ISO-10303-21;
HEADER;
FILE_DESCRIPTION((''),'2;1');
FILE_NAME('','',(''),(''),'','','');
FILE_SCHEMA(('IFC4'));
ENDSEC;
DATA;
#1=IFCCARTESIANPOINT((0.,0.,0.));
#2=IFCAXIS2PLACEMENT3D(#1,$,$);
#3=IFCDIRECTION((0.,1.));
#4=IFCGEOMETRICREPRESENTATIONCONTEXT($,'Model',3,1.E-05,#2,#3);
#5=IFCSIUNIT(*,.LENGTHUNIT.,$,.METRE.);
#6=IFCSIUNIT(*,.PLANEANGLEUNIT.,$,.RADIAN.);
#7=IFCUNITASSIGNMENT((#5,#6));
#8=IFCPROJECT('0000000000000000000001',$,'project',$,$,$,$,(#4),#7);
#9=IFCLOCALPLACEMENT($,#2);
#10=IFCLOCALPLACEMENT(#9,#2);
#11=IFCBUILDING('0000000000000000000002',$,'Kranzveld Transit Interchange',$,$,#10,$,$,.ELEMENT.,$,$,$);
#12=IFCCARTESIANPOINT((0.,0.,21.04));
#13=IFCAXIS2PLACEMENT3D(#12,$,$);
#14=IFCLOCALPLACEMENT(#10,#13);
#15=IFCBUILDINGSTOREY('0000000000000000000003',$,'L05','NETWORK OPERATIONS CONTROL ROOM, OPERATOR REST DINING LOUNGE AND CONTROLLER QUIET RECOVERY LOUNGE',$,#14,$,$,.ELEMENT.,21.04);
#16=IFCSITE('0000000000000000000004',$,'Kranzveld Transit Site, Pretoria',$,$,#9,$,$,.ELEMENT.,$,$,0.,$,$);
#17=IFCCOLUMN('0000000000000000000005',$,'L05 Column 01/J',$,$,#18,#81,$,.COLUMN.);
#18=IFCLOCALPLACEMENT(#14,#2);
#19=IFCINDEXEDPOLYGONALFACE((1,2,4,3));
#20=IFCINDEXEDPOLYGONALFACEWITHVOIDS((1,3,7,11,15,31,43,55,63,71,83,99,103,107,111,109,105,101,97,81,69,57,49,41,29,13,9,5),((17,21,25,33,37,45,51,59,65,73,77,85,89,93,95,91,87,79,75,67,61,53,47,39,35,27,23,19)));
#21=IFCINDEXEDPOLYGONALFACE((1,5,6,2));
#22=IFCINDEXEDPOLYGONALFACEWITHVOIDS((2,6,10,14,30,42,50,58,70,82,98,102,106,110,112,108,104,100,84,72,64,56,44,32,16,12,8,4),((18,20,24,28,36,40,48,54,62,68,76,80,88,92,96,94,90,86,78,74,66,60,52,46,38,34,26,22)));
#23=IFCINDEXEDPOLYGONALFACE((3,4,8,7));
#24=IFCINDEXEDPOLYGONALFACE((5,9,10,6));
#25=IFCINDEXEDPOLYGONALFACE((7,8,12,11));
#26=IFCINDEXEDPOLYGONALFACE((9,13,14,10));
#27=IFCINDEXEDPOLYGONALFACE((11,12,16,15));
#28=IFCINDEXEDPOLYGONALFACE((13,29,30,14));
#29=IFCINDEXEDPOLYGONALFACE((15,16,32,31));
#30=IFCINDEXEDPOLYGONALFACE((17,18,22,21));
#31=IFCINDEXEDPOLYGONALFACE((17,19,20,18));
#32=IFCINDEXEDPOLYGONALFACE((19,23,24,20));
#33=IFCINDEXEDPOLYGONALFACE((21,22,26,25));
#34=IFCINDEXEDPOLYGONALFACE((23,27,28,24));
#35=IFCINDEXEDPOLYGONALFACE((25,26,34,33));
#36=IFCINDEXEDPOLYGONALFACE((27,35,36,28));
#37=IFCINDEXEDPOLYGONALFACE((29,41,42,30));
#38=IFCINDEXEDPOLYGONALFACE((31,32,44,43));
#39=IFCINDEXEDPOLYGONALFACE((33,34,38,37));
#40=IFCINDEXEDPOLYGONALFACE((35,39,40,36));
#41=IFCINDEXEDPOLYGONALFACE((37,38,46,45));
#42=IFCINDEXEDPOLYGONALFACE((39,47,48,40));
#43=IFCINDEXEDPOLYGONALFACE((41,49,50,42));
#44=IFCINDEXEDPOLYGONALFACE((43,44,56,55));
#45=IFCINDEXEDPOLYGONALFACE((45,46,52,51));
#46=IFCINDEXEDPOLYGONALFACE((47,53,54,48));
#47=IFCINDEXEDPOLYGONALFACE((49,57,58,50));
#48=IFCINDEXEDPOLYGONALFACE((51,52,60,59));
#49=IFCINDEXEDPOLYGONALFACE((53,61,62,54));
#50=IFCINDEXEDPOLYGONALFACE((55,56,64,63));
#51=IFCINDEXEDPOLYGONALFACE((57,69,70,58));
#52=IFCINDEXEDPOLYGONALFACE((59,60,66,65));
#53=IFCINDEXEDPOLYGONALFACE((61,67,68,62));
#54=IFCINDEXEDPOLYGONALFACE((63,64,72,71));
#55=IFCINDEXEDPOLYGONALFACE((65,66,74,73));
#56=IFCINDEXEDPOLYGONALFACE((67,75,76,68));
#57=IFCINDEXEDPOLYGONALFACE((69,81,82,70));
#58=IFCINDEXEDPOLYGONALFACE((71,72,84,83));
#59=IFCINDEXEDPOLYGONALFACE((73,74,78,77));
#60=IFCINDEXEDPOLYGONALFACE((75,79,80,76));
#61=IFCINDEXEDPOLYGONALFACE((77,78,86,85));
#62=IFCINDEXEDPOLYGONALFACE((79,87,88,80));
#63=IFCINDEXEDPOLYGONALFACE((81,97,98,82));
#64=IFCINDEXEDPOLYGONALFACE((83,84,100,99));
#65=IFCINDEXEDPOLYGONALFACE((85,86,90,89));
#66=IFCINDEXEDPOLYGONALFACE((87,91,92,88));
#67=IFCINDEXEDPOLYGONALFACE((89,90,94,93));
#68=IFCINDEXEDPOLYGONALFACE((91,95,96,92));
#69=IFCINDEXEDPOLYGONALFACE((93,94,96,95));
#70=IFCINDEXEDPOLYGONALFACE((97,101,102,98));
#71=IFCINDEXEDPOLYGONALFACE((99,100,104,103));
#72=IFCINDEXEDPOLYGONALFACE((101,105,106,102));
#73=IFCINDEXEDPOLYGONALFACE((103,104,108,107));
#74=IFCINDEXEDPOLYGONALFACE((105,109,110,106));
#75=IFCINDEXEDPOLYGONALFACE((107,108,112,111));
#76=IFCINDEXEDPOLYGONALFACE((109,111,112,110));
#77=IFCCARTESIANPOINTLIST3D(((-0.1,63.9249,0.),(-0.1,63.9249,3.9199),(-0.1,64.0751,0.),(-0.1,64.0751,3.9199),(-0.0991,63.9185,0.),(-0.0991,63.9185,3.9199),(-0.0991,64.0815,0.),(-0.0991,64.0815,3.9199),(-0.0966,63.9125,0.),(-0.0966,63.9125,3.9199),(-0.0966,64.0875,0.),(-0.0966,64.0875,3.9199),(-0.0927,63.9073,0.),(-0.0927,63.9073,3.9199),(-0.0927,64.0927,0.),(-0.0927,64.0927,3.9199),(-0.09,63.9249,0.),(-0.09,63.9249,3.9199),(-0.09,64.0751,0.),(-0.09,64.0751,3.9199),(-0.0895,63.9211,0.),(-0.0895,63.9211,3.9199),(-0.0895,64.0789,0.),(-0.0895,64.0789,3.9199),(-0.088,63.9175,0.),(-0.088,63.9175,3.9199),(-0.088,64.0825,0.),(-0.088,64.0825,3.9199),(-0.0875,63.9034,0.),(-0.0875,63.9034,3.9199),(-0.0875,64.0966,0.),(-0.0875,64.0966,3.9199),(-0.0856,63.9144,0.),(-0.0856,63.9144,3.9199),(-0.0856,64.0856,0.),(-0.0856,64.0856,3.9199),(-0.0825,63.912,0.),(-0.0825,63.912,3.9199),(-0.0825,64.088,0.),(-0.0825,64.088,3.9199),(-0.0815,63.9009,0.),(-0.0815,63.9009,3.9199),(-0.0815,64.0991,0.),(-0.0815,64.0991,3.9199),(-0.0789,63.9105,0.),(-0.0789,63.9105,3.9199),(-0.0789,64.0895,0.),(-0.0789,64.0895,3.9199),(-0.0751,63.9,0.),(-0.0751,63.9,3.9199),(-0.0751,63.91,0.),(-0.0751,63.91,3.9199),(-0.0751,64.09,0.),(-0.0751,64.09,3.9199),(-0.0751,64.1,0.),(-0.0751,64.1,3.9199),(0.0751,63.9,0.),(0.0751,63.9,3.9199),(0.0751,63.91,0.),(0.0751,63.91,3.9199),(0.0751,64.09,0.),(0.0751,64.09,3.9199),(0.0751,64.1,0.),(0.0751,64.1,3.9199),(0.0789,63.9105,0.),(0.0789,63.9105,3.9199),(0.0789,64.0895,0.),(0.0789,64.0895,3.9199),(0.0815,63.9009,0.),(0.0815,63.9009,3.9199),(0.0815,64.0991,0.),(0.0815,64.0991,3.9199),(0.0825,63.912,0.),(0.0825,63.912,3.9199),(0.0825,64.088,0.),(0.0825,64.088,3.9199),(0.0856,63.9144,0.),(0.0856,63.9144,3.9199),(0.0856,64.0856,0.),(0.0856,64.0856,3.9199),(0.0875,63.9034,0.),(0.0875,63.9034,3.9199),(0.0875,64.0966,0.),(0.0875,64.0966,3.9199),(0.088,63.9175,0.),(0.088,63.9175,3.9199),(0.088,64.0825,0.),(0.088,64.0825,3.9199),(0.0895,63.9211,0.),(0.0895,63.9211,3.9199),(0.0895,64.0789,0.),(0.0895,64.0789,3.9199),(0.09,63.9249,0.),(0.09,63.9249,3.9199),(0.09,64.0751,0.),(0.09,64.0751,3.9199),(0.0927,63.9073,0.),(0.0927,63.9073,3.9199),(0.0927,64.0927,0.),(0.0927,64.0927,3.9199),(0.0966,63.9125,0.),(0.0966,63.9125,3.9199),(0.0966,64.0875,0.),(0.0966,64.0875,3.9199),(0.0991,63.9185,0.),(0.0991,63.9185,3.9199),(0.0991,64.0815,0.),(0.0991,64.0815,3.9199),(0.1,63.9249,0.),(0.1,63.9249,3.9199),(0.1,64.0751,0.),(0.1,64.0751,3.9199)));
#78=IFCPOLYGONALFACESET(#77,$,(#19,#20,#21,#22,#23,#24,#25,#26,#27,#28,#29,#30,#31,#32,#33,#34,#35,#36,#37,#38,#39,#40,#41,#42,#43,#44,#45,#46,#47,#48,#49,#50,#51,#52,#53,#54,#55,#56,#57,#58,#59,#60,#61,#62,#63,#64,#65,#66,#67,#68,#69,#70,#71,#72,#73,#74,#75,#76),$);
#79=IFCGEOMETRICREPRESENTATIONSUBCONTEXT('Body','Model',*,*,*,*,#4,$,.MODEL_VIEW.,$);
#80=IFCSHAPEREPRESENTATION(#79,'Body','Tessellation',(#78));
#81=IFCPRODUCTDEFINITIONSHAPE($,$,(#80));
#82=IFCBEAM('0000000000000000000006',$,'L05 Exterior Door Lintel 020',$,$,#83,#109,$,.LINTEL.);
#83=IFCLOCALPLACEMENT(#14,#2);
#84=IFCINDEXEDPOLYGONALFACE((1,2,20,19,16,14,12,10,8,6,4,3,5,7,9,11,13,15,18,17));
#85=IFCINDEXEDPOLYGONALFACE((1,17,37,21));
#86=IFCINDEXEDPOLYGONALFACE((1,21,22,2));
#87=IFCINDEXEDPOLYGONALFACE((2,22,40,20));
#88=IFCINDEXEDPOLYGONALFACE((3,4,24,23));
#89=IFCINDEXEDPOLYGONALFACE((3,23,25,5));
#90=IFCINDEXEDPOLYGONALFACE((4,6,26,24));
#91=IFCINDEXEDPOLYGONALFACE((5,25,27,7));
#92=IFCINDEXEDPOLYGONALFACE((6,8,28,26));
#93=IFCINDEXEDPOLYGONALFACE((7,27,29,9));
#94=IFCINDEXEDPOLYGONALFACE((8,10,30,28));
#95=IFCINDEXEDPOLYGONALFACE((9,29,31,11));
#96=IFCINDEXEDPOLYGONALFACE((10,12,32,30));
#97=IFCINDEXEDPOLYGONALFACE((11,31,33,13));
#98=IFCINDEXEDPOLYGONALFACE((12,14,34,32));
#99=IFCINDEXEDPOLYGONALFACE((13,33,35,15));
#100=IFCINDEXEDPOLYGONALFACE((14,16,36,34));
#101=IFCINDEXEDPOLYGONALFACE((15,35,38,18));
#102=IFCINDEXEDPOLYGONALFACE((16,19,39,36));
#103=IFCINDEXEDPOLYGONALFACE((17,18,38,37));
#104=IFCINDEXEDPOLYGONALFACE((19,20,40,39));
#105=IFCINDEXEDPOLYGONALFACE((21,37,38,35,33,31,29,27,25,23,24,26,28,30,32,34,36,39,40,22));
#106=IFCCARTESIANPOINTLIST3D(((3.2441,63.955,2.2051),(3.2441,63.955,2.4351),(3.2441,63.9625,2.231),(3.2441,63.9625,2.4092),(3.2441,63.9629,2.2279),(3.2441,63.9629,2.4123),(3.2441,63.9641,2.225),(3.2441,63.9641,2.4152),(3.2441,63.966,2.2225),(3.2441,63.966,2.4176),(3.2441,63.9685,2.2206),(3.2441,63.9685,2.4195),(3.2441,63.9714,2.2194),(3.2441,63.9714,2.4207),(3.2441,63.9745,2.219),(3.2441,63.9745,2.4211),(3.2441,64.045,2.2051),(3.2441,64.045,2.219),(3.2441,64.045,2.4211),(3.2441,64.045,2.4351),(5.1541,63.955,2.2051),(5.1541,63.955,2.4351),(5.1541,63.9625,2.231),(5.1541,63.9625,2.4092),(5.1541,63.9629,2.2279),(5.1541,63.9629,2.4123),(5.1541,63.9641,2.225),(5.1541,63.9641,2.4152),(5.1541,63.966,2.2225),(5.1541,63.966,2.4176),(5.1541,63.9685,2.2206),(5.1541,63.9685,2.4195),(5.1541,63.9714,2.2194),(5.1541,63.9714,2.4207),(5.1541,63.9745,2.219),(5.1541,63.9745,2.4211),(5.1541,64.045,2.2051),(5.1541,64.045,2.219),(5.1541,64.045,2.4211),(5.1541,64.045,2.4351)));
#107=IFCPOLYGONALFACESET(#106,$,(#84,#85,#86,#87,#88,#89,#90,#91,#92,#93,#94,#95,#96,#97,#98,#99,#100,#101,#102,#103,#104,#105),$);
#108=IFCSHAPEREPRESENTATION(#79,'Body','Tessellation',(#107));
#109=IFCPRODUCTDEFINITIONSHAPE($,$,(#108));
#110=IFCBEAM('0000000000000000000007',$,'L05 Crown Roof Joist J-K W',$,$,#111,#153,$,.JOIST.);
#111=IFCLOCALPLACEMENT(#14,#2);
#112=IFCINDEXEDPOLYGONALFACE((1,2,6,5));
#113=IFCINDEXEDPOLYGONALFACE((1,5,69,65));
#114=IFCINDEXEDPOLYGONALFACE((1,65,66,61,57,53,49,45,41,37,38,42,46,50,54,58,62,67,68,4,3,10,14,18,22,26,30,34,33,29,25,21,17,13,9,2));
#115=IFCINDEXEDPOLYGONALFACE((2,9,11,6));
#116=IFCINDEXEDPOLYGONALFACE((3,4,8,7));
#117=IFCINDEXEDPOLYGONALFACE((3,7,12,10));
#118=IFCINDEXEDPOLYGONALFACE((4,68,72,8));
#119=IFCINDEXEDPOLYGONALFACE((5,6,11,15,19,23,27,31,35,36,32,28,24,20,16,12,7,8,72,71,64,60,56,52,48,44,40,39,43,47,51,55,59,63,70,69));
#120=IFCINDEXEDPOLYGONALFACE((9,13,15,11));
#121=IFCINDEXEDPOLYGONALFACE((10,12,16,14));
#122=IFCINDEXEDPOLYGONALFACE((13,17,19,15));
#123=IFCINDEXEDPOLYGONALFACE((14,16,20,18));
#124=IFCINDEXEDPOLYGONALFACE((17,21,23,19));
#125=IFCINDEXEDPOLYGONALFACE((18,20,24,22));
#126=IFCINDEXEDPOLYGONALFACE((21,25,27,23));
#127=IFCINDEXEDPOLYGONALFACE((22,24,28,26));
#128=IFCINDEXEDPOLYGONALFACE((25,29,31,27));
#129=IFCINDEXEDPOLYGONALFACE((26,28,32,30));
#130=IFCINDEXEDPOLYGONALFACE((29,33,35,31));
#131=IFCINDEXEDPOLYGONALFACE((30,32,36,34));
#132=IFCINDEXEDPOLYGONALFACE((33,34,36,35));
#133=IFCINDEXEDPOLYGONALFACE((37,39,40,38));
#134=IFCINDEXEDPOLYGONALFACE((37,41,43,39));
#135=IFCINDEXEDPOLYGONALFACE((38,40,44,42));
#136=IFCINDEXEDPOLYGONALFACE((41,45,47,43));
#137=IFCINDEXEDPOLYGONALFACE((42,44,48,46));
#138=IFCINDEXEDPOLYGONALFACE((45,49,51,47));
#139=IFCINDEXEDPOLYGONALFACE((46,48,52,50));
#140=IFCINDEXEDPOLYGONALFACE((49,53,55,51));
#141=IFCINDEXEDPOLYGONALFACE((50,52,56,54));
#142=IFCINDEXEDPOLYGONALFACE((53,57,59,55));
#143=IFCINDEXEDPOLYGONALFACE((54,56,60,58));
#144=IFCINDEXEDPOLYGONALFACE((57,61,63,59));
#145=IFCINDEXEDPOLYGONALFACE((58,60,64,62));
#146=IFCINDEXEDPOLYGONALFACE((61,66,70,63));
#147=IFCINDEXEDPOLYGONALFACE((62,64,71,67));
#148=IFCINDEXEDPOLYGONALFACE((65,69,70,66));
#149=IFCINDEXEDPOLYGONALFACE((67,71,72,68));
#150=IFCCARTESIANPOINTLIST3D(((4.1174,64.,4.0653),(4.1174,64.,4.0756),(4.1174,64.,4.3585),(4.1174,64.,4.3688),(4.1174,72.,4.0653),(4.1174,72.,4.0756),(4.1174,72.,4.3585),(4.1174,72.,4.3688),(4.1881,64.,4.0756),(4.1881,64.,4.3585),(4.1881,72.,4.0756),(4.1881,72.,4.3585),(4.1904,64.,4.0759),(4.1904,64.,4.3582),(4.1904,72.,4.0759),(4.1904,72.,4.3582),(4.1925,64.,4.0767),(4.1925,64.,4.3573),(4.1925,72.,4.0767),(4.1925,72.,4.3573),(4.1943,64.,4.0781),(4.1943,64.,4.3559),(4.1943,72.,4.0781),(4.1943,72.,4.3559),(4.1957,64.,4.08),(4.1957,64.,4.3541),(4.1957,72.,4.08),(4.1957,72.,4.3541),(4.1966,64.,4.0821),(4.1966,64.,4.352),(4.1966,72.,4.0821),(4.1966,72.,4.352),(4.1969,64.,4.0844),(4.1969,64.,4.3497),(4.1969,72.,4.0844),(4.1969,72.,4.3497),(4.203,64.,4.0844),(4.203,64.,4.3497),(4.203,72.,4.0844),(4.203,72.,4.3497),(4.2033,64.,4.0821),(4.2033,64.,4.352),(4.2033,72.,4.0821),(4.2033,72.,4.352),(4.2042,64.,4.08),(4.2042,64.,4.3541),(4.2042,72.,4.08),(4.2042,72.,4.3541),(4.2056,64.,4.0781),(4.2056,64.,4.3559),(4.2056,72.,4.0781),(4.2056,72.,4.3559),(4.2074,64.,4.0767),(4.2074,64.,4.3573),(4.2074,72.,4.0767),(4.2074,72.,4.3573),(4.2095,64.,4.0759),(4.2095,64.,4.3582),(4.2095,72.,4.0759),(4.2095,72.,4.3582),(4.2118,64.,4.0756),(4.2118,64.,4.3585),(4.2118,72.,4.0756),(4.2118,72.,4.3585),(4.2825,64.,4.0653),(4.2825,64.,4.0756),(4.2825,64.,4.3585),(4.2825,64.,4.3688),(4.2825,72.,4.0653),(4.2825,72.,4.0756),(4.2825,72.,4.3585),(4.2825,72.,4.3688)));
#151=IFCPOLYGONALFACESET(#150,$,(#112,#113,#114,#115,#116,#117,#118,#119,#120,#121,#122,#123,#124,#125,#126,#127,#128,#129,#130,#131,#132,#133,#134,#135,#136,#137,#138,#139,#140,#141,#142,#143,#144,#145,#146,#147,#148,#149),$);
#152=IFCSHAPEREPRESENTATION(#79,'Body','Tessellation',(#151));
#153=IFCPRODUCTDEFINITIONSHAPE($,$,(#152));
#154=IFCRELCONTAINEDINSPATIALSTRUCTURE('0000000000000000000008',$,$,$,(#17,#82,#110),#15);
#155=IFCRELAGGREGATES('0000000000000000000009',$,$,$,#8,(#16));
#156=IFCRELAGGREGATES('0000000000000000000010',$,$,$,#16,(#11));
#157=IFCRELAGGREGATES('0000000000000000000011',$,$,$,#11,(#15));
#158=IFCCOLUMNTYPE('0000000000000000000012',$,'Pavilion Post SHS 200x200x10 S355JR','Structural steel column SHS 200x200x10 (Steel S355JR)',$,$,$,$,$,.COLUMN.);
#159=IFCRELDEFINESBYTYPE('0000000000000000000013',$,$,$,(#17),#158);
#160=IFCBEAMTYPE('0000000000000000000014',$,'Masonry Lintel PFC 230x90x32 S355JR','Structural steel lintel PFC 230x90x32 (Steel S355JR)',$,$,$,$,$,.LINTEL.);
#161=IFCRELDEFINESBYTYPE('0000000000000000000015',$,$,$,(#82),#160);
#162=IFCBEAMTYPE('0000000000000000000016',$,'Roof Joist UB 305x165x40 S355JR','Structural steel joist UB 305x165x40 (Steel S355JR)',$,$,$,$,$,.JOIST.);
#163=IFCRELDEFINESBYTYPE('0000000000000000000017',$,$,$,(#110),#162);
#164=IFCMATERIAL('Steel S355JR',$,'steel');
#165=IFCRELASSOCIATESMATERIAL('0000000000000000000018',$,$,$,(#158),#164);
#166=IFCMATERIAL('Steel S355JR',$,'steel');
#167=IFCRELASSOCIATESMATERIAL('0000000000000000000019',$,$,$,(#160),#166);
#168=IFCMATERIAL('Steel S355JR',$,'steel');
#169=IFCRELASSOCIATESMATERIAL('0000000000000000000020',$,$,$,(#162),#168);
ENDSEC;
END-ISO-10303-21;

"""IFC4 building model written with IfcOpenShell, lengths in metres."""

from ifc_helpers import new_model, si_unit, direction, frame, origin, origin_2d, place, context, subcontext, project, spatial, hollow_rectangle, i_section, u_section, extrude, material, material_profile, profile_set, type_object, element, save


model = new_model("IFC4")

# Units and contexts
model_context = context("Model", 3, precision=1e-05, world=origin(), true_north=direction((0.0, 1.0)))
body_context = subcontext(model_context, "Body", "Model", "MODEL_VIEW")
ifc_project = project(units=[si_unit("LENGTHUNIT", "METRE"), si_unit("PLANEANGLEUNIT", "RADIAN")], contexts=[model_context])

# Site, building, storey
site_placement = place(None, origin())
site = spatial("IfcSite", under=ifc_project, at=site_placement, Name="Kranzveld Transit Site, Pretoria", CompositionType="ELEMENT", RefElevation=0.0)
building_placement = place(site_placement, origin())
building = spatial("IfcBuilding", under=site, at=building_placement, Name="Kranzveld Transit Interchange", CompositionType="ELEMENT")
storey_placement = place(building_placement, frame((0.0, 0.0, 21.04)))
storey = spatial("IfcBuildingStorey", under=building, at=storey_placement, Name="L05", Description="NETWORK OPERATIONS CONTROL ROOM, OPERATOR REST DINING LOUNGE AND CONTROLLER QUIET RECOVERY LOUNGE", CompositionType="ELEMENT", Elevation=21.04)

# Column
ifc_material_1 = material(Name="Steel S355JR", Category="steel")
ifc_material_profile_1 = material_profile(ifc_material_1, hollow_rectangle(XDim=0.2, YDim=0.2, WallThickness=0.01, InnerFilletRadius=0.0149, OuterFilletRadius=0.0249, at=origin_2d()), Name="SHS 200x200x10")
ifc_profile_set_1 = profile_set([ifc_material_profile_1], Name="Steel S355JR")
column_type = type_object("IfcColumnType", Name="Pavilion Post SHS 200x200x10 S355JR", Description="Structural steel column SHS 200x200x10 (Steel S355JR)", PredefinedType="COLUMN", material=ifc_profile_set_1)
column_placement = place(storey_placement, frame((0.0, 64.0, 0.0), z_axis=(0.0, 0.0, 1.0), x_axis=(1.0, 0.0, 0.0)))
element("IfcColumn", 1, at=column_placement, inside=storey, type_object=column_type, Name="L05 Column 01/J", PredefinedType="COLUMN", context=body_context, shape_type="SweptSolid", body=[
    extrude(hollow_rectangle(XDim=0.2, YDim=0.2, WallThickness=0.01, InnerFilletRadius=0.0149, OuterFilletRadius=0.0249, at=origin_2d()), origin(), (0.0, 0.0, 1.0), 3.9199),
])

# Beams
ifc_material_2 = material(Name="Steel S355JR", Category="steel")
ifc_material_profile_2 = material_profile(ifc_material_2, u_section(Depth=0.23, FlangeWidth=0.0901, WebThickness=0.0076, FlangeThickness=0.0139, FilletRadius=0.012, at=origin_2d()), Name="PFC 230x90x32")
ifc_profile_set_2 = profile_set([ifc_material_profile_2], Name="Steel S355JR")
beam_type_1 = type_object("IfcBeamType", Name="Masonry Lintel PFC 230x90x32 S355JR", Description="Structural steel lintel PFC 230x90x32 (Steel S355JR)", PredefinedType="LINTEL", material=ifc_profile_set_2)
beam_1_placement = place(storey_placement, frame((3.2441, 64.0, 2.3201), z_axis=(1.0, 0.0, 0.0), x_axis=(0.0, 1.0, 0.0)))
element("IfcBeam", 2, at=beam_1_placement, inside=storey, type_object=beam_type_1, Name="L05 Exterior Door Lintel 020", PredefinedType="LINTEL", context=body_context, shape_type="SweptSolid", body=[
    extrude(u_section(Depth=0.23, FlangeWidth=0.0901, WebThickness=0.0076, FlangeThickness=0.0139, FilletRadius=0.012, at=origin_2d()), origin(), (0.0, 0.0, 1.0), 1.9099),
])
ifc_material_3 = material(Name="Steel S355JR", Category="steel")
ifc_material_profile_3 = material_profile(ifc_material_3, i_section(OverallWidth=0.165, OverallDepth=0.3035, WebThickness=0.0061, FlangeThickness=0.0103, FilletRadius=0.0088, at=origin_2d()), Name="UB 305x165x40")
ifc_profile_set_3 = profile_set([ifc_material_profile_3], Name="Steel S355JR")
beam_type_2 = type_object("IfcBeamType", Name="Roof Joist UB 305x165x40 S355JR", Description="Structural steel joist UB 305x165x40 (Steel S355JR)", PredefinedType="JOIST", material=ifc_profile_set_3)
beam_2_placement = place(storey_placement, frame((4.2, 64.0, 4.217), z_axis=(0.0, 1.0, 0.0), x_axis=(-1.0, 0.0, 0.0)))
element("IfcBeam", 3, at=beam_2_placement, inside=storey, type_object=beam_type_2, Name="L05 Crown Roof Joist J-K W", PredefinedType="JOIST", context=body_context, shape_type="SweptSolid", body=[
    extrude(i_section(OverallWidth=0.165, OverallDepth=0.3035, WebThickness=0.0061, FlangeThickness=0.0103, FilletRadius=0.0088, at=origin_2d()), origin(), (0.0, 0.0, 1.0), 8.0),
])

save(model, "model.ifc")
